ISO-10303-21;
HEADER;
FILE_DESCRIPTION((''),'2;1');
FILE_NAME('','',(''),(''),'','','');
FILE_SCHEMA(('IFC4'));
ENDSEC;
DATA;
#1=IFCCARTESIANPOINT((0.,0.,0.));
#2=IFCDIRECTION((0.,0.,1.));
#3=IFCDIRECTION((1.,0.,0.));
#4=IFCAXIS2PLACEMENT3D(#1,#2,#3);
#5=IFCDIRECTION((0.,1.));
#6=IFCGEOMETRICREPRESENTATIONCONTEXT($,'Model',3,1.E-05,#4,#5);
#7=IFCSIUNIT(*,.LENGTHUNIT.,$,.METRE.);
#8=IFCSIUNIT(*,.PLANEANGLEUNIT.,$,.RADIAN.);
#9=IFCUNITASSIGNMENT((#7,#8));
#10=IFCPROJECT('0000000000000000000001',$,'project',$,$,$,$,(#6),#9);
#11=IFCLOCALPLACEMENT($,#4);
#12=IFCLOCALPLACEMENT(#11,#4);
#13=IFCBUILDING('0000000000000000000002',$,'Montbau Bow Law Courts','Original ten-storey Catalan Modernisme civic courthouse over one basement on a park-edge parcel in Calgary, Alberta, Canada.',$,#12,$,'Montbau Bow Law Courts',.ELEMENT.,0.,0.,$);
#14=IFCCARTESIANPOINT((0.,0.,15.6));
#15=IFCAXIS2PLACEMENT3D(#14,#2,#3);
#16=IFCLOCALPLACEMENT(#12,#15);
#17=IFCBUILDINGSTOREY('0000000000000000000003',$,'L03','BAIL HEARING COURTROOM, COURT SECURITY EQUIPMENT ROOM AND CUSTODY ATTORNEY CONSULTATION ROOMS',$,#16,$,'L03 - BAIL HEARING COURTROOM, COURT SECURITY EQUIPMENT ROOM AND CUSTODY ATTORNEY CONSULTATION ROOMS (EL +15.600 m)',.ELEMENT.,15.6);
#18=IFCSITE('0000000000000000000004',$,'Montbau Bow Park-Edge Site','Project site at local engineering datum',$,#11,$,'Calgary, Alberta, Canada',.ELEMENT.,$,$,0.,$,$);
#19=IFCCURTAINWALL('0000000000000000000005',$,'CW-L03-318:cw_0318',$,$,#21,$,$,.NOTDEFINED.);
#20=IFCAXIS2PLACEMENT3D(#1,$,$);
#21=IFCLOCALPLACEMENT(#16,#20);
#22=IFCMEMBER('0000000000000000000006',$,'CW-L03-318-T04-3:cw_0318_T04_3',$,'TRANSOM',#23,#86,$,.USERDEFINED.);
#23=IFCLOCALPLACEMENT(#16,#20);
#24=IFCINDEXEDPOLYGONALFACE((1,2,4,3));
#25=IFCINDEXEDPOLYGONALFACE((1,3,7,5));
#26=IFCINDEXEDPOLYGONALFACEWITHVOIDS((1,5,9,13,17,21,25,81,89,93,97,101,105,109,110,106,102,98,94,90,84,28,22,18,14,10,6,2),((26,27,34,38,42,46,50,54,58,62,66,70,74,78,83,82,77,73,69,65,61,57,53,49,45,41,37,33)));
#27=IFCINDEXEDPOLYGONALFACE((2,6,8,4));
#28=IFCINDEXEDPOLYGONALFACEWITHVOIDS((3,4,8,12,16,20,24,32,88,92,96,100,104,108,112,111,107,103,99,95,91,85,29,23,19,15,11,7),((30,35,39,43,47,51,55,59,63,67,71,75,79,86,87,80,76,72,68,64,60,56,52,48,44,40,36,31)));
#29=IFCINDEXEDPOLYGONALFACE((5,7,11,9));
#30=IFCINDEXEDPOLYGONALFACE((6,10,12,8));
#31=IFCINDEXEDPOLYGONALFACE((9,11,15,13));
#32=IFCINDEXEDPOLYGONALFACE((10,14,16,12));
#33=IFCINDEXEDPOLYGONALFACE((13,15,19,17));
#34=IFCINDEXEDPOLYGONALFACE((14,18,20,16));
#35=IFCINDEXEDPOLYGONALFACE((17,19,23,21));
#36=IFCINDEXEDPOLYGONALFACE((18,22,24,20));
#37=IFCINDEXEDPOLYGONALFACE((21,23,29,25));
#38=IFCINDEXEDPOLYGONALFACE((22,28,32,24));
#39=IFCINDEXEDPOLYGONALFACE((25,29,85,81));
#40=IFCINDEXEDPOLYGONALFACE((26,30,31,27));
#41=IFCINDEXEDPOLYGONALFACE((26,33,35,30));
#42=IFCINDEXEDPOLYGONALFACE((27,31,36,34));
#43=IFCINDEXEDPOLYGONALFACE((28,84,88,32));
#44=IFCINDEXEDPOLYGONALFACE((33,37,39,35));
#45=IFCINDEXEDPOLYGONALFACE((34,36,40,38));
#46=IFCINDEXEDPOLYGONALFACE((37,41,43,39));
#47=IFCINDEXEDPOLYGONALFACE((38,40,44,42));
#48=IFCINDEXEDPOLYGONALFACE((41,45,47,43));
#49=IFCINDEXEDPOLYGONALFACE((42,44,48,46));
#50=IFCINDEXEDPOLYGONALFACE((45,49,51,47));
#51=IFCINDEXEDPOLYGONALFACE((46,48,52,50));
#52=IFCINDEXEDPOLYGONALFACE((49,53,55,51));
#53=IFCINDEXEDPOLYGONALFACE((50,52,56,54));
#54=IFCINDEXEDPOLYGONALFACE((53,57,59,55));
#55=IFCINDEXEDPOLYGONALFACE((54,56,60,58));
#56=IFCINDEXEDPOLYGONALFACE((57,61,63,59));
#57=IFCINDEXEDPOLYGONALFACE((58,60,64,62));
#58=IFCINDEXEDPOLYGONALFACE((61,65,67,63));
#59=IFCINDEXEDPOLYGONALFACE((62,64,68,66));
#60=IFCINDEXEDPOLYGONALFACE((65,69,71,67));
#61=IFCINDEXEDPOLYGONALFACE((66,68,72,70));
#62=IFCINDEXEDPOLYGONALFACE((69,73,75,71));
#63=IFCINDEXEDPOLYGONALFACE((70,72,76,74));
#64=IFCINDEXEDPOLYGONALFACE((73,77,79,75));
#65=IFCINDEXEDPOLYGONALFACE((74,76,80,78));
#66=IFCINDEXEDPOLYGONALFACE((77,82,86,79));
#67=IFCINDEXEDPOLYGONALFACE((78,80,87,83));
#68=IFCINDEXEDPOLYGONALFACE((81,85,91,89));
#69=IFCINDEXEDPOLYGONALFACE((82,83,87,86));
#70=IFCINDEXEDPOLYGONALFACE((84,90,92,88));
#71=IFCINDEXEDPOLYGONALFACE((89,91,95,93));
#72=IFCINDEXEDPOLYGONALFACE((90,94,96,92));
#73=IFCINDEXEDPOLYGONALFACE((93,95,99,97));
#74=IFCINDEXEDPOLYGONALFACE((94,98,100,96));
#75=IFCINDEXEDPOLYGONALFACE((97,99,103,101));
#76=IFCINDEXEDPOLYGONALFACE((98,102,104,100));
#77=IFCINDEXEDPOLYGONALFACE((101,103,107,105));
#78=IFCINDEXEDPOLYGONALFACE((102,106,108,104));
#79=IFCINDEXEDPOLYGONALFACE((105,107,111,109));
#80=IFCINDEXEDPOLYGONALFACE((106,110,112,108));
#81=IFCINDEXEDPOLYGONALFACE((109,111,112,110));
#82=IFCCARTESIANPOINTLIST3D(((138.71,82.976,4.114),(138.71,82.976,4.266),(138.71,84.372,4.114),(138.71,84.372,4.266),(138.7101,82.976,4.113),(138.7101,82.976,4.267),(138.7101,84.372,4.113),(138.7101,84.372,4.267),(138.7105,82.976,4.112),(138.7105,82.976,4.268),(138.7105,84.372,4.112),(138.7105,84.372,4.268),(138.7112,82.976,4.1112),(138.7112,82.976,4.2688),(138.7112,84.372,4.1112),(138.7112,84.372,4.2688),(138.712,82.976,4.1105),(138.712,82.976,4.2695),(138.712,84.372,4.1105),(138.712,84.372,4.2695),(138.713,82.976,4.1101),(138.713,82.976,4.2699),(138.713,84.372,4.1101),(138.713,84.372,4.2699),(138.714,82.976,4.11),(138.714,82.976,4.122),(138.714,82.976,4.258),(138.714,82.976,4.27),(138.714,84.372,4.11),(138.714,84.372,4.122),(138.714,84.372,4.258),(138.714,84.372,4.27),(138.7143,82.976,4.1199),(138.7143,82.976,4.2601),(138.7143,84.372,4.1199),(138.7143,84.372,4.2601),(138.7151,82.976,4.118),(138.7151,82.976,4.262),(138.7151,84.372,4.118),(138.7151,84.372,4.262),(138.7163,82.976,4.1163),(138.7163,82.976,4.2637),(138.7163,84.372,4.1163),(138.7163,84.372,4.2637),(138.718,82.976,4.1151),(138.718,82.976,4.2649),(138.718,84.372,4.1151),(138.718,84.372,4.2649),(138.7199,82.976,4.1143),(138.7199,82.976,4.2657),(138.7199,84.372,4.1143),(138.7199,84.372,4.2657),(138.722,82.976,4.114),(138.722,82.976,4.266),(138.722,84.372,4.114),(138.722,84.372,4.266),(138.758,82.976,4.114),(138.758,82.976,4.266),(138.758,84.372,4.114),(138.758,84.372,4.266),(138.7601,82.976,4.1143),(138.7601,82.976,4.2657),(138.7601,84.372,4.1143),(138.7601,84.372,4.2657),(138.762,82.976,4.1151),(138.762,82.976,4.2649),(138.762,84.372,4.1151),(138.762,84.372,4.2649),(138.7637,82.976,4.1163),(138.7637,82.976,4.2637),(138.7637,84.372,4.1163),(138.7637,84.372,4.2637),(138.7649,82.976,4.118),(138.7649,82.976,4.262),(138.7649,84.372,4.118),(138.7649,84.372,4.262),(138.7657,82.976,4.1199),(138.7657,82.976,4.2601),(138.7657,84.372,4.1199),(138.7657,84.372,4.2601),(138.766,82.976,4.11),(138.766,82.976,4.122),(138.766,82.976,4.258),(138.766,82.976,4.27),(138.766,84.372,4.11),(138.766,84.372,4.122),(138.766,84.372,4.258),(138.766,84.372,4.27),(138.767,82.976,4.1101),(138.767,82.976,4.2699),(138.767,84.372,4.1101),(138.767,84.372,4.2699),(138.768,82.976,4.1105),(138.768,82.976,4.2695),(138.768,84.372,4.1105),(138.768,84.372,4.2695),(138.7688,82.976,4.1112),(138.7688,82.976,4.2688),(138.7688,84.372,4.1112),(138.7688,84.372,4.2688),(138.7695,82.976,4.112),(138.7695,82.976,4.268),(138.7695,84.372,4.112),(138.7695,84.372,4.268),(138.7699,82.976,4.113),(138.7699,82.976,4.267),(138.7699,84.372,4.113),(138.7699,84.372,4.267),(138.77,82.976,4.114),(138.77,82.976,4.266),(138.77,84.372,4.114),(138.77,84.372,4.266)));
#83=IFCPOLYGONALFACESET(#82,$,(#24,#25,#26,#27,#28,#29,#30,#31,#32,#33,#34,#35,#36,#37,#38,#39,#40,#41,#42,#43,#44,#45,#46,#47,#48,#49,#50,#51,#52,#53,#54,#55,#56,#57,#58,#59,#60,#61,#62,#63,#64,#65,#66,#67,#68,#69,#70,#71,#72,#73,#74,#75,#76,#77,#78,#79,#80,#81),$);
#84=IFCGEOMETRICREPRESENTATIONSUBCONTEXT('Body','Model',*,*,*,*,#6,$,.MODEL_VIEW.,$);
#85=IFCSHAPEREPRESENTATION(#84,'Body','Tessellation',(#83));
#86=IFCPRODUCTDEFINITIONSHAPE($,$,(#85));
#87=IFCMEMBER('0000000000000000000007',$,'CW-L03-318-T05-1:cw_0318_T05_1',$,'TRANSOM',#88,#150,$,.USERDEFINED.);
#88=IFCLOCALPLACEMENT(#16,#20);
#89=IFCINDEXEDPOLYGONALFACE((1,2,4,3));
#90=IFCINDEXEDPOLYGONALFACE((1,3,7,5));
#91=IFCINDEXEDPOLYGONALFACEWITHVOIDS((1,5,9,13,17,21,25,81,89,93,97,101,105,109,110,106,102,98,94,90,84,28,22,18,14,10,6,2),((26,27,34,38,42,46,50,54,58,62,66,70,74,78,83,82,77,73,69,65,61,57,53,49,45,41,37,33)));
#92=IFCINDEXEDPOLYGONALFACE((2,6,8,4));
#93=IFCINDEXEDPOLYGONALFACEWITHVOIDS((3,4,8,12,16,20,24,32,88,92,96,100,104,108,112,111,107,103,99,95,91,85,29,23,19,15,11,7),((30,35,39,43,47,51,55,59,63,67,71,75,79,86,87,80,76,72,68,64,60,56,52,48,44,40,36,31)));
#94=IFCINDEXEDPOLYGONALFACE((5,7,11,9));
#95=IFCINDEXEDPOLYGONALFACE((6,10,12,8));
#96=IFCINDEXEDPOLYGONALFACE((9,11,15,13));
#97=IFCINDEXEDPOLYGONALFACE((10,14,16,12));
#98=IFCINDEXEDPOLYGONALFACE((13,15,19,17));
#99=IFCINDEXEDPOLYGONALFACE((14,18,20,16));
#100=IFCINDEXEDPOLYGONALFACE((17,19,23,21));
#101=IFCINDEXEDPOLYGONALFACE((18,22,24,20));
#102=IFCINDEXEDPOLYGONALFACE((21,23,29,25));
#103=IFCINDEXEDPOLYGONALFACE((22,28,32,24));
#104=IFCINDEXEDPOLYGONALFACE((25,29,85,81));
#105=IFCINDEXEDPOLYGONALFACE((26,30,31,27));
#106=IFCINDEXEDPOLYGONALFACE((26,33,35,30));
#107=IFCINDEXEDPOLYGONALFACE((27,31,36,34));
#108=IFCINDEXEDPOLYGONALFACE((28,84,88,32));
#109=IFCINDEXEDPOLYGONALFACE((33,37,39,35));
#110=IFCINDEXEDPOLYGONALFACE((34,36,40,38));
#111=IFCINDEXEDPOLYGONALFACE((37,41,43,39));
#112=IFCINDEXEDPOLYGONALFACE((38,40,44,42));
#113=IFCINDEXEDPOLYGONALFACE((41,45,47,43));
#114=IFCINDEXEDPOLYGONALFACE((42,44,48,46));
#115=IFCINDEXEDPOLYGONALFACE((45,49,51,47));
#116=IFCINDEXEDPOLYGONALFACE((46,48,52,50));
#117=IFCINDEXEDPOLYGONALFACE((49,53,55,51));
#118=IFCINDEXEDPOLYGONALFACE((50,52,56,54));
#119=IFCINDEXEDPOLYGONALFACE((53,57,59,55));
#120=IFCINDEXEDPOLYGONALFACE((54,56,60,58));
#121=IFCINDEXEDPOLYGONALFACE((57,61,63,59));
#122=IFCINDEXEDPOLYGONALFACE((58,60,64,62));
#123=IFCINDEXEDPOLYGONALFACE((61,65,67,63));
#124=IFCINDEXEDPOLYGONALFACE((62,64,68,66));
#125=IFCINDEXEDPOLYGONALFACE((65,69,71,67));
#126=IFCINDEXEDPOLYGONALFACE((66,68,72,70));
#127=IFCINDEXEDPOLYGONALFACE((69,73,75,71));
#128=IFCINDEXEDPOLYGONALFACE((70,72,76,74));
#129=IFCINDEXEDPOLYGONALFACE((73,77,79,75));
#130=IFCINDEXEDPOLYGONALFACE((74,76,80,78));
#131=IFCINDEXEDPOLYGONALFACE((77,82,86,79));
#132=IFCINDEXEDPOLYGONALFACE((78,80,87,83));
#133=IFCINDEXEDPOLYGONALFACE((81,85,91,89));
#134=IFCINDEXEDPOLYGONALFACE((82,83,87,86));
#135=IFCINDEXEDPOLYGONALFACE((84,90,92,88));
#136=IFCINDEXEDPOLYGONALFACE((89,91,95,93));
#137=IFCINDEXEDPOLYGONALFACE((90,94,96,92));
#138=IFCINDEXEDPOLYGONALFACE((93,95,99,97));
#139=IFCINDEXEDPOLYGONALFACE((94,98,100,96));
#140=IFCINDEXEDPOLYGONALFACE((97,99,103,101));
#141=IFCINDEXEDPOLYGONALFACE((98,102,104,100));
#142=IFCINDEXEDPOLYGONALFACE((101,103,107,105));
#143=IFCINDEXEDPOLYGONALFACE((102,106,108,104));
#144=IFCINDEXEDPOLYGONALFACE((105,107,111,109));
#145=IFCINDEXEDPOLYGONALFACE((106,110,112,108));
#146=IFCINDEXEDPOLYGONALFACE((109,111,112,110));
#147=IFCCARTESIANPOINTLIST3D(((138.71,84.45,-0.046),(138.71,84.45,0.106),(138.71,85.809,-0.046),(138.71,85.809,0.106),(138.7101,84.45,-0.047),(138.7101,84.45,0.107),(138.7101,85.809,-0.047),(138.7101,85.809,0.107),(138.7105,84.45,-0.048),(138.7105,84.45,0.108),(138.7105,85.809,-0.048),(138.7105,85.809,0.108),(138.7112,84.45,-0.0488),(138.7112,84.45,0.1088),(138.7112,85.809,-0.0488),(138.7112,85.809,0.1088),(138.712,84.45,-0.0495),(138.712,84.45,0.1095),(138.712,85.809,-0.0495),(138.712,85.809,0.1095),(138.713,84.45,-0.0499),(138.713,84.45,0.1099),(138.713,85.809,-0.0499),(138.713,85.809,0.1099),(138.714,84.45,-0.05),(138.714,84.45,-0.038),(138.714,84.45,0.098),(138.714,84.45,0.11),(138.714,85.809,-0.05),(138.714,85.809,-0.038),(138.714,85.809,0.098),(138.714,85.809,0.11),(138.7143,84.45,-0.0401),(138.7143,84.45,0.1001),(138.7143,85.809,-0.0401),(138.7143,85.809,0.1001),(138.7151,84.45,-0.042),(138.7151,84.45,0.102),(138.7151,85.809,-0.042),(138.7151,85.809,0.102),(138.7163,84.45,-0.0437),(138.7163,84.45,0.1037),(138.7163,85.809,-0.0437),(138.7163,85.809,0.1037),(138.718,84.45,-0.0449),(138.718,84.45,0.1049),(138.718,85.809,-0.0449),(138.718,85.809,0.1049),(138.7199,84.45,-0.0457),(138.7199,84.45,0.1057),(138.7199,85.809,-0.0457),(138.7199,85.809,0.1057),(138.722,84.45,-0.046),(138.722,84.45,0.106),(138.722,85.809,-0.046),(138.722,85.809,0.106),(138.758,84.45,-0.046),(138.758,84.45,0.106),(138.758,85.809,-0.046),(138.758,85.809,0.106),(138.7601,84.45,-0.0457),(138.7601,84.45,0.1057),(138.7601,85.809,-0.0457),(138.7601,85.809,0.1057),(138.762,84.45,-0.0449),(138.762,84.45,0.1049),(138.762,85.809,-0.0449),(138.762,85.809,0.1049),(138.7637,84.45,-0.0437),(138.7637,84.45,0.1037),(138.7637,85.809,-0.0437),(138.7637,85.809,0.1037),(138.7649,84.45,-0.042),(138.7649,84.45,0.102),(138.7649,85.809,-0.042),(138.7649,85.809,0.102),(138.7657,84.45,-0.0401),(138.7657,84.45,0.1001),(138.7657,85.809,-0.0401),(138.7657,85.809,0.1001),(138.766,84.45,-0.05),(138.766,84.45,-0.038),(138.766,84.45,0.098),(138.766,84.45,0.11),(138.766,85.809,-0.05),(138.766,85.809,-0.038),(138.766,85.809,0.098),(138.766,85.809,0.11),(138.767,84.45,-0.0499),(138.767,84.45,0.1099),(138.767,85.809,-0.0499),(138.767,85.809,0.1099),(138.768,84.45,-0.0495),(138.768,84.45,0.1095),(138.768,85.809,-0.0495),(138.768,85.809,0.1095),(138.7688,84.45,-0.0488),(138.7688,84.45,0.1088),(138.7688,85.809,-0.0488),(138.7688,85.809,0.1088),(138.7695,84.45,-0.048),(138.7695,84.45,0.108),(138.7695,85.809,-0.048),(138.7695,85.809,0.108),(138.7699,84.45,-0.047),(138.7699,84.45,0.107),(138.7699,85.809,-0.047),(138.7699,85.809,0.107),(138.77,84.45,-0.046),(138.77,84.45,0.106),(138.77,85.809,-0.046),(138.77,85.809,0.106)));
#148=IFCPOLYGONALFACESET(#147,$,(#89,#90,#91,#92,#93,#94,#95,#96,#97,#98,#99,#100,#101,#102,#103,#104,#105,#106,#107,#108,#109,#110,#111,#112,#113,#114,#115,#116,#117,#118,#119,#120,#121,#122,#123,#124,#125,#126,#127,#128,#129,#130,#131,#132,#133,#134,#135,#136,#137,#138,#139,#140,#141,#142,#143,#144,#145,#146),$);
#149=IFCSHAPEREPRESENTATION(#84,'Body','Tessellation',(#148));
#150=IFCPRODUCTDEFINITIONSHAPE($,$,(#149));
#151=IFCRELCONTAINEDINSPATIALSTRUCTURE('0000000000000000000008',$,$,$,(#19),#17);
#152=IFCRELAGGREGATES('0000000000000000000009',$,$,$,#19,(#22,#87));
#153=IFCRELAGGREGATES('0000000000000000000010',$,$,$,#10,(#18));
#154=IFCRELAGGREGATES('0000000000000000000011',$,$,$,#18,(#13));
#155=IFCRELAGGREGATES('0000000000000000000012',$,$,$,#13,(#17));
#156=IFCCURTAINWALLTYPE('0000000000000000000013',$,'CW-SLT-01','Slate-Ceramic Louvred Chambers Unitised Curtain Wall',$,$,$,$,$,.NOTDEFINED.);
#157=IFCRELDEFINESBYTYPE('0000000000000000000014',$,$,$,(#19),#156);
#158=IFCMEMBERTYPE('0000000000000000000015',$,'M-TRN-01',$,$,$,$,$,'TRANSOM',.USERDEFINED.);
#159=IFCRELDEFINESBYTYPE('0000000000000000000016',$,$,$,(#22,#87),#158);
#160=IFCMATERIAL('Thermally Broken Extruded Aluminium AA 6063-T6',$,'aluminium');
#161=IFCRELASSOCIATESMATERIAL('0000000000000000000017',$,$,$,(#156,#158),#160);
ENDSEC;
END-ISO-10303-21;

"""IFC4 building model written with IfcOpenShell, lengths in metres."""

from ifc_helpers import new_model, si_unit, direction, frame, origin_with_axes, origin_2d_with_axis, place, context, subcontext, project, spatial, hollow_rectangle, extrude, material, material_profile, profile_set, type_object, element, aggregate, save


model = new_model("IFC4")

# Units and contexts
model_context = context("Model", 3, precision=1e-05, world=origin_with_axes(), true_north=direction((0.0, 1.0)))
body_context = subcontext(model_context, "Body", "Model", "MODEL_VIEW")
ifc_project = project(units=[si_unit("LENGTHUNIT", "METRE"), si_unit("PLANEANGLEUNIT", "RADIAN")], contexts=[model_context])

# Site, building, storey
site_placement = place(None, origin_with_axes())
site = spatial("IfcSite", under=ifc_project, at=site_placement, Name="Montbau Bow Park-Edge Site", Description="Project site at local engineering datum", LongName="Calgary, Alberta, Canada", CompositionType="ELEMENT", RefElevation=0.0)
building_placement = place(site_placement, origin_with_axes())
building = spatial("IfcBuilding", under=site, at=building_placement, Name="Montbau Bow Law Courts", Description="Original ten-storey Catalan Modernisme civic courthouse over one basement on a park-edge parcel in Calgary, Alberta, Canada.", LongName="Montbau Bow Law Courts", CompositionType="ELEMENT", ElevationOfRefHeight=0.0, ElevationOfTerrain=0.0)
storey_placement = place(building_placement, frame((0.0, 0.0, 15.6), z_axis=(0.0, 0.0, 1.0), x_axis=(1.0, 0.0, 0.0)))
storey = spatial("IfcBuildingStorey", under=building, at=storey_placement, Name="L03", Description="BAIL HEARING COURTROOM, COURT SECURITY EQUIPMENT ROOM AND CUSTODY ATTORNEY CONSULTATION ROOMS", LongName="L03 - BAIL HEARING COURTROOM, COURT SECURITY EQUIPMENT ROOM AND CUSTODY ATTORNEY CONSULTATION ROOMS (EL +15.600 m)", CompositionType="ELEMENT", Elevation=15.6)

# Curtain wall
ifc_material_1 = material(Name="Thermally Broken Extruded Aluminium AA 6063-T6", Category="aluminium")
curtain_wall_type = type_object("IfcCurtainWallType", Name="CW-SLT-01", Description="Slate-Ceramic Louvred Chambers Unitised Curtain Wall", PredefinedType="NOTDEFINED", material=ifc_material_1)
curtain_wall_1_placement = place(None, frame((138.74, 78.515, 15.6), z_axis=(0.0, 0.0, 1.0), x_axis=(1.0, 0.0, 0.0)))
curtain_wall_1 = element("IfcCurtainWall", 1, at=curtain_wall_1_placement, inside=storey, type_object=curtain_wall_type, Name="CW-L03-318:cw_0318", PredefinedType="NOTDEFINED")

# Members
ifc_material_profile_1 = material_profile(ifc_material_1, hollow_rectangle(XDim=0.06, YDim=0.16, WallThickness=0.004, InnerFilletRadius=0.008, OuterFilletRadius=0.004, at=origin_2d_with_axis()), Name="CWT-160X60", Category="Main", Priority=0)
ifc_profile_set_1 = profile_set([ifc_material_profile_1], Name="Thermally Broken Extruded Aluminium AA 6063-T6")
member_type_1 = type_object("IfcMemberType", Name="M-TRN-01", ElementType="TRANSOM", PredefinedType="USERDEFINED", material=ifc_profile_set_1)
member_1_placement = place(None, frame((138.74, 82.976, 19.79), z_axis=(0.0, 1.0, 0.0), x_axis=(-1.0, 0.0, 0.0)))
member_1 = element("IfcMember", 2, at=member_1_placement, type_object=member_type_1, Name="CW-L03-318-T04-3:cw_0318_T04_3", ObjectType="TRANSOM", PredefinedType="USERDEFINED", context=body_context, shape_type="SweptSolid", body=[
    extrude(hollow_rectangle(XDim=0.06, YDim=0.16, WallThickness=0.004, InnerFilletRadius=0.008, OuterFilletRadius=0.004, at=origin_2d_with_axis()), origin_with_axes(), (0.0, 0.0, 1.0), 1.396),
])
member_2_placement = place(None, frame((138.74, 84.45, 15.63), z_axis=(0.0, 1.0, 0.0), x_axis=(-1.0, 0.0, 0.0)))
member_2 = element("IfcMember", 3, at=member_2_placement, type_object=member_type_1, Name="CW-L03-318-T05-1:cw_0318_T05_1", ObjectType="TRANSOM", PredefinedType="USERDEFINED", context=body_context, shape_type="SweptSolid", body=[
    extrude(hollow_rectangle(XDim=0.06, YDim=0.16, WallThickness=0.004, InnerFilletRadius=0.008, OuterFilletRadius=0.004, at=origin_2d_with_axis()), origin_with_axes(), (0.0, 0.0, 1.0), 1.359),
])

aggregate(curtain_wall_1, [member_1, member_2])

save(model, "model.ifc")
